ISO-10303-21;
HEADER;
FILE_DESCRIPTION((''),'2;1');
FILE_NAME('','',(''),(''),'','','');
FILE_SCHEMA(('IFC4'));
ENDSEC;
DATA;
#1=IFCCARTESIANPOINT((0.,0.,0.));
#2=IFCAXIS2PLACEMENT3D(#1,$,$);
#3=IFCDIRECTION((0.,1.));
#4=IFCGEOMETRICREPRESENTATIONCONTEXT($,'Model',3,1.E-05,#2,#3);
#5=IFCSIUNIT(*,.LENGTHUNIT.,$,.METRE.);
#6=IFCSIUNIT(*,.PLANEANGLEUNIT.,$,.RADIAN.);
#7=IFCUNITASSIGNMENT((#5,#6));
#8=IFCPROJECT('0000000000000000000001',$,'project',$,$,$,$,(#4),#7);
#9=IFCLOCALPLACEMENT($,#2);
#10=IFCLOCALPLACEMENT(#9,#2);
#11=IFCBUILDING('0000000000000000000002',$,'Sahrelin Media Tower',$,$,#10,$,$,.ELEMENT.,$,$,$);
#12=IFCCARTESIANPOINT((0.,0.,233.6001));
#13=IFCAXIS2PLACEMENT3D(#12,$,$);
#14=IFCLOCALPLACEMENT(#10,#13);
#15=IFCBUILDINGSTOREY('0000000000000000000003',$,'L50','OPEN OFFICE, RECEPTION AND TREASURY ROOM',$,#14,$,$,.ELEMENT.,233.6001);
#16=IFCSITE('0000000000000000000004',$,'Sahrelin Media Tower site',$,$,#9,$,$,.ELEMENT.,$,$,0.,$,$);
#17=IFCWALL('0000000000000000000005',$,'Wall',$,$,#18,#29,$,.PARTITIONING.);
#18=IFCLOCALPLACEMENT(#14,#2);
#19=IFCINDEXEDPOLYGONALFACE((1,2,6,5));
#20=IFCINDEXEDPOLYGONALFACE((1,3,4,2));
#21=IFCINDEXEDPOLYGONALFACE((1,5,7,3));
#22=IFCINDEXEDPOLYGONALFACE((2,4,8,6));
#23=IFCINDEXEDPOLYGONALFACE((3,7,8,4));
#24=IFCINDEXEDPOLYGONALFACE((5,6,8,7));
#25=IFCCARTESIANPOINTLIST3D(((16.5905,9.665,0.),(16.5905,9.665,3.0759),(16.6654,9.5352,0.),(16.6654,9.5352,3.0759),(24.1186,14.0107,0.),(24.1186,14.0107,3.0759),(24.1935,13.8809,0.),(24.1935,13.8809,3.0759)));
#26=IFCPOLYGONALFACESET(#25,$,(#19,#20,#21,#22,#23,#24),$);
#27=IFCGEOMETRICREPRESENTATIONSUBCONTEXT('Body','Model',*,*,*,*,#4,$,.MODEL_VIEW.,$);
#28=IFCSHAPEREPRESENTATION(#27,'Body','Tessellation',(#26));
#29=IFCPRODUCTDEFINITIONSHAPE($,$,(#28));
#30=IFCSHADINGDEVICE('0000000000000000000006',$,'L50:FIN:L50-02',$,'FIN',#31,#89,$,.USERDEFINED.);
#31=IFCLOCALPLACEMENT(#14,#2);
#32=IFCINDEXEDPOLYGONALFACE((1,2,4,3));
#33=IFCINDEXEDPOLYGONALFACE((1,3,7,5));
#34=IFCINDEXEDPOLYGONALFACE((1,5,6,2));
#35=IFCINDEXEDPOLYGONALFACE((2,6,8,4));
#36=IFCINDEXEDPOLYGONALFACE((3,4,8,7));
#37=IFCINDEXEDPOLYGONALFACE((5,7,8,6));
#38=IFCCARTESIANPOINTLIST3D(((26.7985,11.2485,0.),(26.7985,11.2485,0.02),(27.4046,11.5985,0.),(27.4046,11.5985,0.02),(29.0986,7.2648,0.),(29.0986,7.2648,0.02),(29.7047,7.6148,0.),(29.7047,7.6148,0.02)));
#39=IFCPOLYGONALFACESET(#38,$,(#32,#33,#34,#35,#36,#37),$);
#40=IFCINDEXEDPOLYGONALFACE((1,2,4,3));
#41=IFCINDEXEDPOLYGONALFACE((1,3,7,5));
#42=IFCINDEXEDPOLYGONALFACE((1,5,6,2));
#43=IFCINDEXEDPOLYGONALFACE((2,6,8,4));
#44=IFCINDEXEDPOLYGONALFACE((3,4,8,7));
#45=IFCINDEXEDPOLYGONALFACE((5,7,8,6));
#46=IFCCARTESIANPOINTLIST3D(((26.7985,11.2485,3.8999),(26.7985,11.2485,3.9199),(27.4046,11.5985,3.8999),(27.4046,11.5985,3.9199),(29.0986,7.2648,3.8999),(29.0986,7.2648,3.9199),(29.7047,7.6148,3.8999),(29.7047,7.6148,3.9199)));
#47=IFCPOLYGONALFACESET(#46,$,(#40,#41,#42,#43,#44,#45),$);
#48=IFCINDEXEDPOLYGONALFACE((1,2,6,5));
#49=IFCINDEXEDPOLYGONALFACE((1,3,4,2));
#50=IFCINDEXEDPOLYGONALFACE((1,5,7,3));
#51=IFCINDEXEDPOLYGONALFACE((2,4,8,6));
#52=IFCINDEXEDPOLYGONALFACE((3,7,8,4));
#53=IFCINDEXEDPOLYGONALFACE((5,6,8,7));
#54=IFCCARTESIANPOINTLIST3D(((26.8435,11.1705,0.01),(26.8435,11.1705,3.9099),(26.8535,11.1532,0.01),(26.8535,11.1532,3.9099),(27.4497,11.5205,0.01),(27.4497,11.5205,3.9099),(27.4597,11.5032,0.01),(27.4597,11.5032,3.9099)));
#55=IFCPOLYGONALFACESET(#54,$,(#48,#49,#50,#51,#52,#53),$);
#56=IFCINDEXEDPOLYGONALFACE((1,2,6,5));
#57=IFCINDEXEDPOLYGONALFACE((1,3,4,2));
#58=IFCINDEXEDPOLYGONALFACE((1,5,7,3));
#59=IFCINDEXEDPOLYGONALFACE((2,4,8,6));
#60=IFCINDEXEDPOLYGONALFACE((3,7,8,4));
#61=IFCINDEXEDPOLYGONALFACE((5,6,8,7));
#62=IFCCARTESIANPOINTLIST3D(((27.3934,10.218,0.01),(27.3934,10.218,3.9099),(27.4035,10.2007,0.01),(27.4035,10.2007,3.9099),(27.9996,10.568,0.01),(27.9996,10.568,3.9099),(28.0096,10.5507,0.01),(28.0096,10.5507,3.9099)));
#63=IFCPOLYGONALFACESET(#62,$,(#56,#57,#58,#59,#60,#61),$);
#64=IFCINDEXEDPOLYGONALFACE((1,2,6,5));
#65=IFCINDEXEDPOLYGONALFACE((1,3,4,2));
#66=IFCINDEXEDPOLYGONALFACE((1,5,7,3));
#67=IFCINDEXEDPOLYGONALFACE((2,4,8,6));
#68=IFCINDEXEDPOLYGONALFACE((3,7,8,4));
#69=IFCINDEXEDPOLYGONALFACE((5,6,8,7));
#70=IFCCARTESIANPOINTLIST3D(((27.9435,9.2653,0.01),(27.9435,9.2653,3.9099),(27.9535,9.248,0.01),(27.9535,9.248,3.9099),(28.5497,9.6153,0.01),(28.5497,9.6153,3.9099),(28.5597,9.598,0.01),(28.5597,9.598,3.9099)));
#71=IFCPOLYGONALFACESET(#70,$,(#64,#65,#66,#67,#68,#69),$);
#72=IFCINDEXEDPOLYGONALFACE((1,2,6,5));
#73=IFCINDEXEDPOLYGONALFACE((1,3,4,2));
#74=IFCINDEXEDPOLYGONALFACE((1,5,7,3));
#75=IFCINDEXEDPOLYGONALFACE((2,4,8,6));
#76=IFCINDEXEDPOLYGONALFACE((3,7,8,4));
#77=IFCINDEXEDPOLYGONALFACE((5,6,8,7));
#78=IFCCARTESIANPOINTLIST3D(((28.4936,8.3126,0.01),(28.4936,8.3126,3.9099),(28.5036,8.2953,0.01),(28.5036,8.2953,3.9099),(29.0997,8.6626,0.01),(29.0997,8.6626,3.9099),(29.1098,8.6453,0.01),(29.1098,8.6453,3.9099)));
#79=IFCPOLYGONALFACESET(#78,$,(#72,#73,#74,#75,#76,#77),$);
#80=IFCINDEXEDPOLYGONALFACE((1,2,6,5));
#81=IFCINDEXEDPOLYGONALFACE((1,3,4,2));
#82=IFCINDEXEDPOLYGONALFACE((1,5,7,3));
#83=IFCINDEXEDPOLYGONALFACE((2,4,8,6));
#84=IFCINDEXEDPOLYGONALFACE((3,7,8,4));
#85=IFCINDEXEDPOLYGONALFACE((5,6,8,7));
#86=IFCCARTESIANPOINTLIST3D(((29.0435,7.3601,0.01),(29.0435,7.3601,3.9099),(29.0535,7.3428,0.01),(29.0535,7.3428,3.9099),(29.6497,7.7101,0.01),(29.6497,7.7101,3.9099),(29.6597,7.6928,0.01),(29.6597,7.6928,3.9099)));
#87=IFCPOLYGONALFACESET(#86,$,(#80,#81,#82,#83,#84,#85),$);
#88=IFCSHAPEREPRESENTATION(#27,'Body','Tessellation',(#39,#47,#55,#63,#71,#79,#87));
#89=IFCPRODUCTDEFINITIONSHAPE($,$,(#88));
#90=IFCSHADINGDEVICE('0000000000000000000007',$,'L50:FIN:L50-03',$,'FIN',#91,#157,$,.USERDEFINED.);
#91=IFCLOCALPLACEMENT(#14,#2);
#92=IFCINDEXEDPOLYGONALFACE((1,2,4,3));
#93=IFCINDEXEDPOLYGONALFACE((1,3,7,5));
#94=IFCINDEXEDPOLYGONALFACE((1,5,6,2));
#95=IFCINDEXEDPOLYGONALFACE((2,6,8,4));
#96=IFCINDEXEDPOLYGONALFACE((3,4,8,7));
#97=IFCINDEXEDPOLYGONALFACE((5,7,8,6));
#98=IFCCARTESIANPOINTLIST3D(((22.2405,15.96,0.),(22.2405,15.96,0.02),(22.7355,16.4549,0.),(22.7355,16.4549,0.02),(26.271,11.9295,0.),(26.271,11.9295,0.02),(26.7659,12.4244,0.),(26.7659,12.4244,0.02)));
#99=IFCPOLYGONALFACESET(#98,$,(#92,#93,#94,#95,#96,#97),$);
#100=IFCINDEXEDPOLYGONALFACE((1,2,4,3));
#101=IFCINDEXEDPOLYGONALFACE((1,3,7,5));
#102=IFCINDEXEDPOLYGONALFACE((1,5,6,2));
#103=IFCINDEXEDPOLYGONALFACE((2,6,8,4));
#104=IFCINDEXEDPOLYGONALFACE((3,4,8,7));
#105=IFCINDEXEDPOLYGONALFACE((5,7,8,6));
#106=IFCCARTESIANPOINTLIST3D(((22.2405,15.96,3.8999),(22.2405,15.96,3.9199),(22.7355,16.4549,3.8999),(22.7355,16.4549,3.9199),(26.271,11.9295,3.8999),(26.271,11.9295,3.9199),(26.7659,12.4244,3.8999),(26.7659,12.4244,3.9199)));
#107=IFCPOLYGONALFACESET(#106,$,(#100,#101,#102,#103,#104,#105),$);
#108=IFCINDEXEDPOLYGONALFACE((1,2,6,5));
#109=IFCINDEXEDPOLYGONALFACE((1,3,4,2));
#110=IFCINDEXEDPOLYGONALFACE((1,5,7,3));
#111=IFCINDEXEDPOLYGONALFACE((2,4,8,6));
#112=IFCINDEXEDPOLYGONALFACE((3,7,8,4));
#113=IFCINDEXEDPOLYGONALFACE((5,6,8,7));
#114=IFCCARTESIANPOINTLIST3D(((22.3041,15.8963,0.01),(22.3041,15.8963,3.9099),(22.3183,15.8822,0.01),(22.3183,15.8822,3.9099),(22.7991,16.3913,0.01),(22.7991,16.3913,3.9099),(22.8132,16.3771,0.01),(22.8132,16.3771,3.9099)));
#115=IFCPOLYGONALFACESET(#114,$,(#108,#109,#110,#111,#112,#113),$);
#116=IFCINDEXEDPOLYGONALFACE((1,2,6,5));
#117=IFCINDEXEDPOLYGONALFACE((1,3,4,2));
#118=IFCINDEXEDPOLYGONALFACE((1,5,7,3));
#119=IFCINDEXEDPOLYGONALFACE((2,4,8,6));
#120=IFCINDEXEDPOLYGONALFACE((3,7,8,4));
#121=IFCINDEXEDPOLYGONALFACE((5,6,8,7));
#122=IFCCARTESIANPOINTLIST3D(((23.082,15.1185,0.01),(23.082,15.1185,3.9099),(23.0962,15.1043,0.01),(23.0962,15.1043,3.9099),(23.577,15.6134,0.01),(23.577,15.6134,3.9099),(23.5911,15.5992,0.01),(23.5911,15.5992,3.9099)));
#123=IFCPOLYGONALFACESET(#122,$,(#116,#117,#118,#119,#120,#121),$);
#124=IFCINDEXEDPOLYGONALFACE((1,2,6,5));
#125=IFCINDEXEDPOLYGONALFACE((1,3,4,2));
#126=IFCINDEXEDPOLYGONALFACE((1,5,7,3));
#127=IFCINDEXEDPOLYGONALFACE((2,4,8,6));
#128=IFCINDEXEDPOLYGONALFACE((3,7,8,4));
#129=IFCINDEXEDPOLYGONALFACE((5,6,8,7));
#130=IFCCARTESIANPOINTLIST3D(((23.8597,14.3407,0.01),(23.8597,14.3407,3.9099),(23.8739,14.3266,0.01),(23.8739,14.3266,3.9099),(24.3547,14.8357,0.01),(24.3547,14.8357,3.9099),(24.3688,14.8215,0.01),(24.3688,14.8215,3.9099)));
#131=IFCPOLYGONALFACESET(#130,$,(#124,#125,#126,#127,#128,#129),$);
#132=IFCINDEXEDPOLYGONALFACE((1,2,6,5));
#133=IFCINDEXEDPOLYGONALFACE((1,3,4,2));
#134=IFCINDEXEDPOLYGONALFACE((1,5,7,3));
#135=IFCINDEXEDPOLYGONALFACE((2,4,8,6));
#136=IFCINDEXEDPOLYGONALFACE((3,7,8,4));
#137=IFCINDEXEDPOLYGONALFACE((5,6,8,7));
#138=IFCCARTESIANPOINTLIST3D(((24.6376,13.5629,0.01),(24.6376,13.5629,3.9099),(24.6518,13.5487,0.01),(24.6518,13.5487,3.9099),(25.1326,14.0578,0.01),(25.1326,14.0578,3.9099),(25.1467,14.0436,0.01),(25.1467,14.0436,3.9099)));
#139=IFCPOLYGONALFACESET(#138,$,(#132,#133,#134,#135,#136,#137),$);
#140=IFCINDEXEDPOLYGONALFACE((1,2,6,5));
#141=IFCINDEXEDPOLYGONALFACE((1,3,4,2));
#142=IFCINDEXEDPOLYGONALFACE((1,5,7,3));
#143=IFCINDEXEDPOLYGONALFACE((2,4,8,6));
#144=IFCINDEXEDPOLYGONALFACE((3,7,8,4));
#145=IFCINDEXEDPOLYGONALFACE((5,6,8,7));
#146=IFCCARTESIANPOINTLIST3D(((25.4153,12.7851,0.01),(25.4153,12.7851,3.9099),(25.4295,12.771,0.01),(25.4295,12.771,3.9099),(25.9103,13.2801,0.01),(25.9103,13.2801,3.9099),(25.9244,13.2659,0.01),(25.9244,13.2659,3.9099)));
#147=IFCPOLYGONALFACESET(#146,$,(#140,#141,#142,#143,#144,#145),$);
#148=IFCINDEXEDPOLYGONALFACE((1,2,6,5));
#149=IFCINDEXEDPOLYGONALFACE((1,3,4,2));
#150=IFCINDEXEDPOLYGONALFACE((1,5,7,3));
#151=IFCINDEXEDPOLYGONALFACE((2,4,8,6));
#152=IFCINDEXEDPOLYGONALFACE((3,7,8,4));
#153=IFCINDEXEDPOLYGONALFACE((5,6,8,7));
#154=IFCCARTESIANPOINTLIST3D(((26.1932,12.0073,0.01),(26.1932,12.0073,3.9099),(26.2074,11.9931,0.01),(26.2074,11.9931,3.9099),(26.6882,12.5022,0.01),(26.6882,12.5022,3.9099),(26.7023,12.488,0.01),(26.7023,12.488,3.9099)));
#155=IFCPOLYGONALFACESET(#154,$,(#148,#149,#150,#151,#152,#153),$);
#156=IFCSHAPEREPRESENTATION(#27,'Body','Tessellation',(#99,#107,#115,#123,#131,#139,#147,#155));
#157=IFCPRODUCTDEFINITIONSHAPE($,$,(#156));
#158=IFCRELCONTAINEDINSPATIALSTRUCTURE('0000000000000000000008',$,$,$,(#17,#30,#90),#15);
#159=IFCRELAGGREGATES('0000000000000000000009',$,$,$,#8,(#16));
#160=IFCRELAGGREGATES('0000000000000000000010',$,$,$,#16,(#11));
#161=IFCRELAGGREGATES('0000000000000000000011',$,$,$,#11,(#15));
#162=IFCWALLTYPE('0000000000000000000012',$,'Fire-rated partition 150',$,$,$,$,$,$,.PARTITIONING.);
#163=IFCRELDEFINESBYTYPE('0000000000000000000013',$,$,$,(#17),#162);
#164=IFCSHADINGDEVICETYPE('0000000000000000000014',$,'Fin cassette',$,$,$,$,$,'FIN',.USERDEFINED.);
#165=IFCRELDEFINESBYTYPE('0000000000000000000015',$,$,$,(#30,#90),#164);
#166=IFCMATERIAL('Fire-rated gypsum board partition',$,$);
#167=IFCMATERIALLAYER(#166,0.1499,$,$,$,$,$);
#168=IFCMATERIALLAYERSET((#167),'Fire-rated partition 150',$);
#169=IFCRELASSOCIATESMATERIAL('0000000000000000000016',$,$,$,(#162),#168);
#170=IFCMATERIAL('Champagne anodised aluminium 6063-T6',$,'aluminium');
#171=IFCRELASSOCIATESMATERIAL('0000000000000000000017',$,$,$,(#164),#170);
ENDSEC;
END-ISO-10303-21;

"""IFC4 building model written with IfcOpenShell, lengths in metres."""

from ifc_helpers import new_model, si_unit, direction, frame, frame_2d, origin, origin_2d, place, context, subcontext, project, spatial, rectangle, extrude, material, layer, layer_set, type_object, element, save


model = new_model("IFC4")

# Units and contexts
model_context = context("Model", 3, precision=1e-05, world=origin(), true_north=direction((0.0, 1.0)))
body_context = subcontext(model_context, "Body", "Model", "MODEL_VIEW")
ifc_project = project(units=[si_unit("LENGTHUNIT", "METRE"), si_unit("PLANEANGLEUNIT", "RADIAN")], contexts=[model_context])

# Site, building, storey
site_placement = place(None, origin())
site = spatial("IfcSite", under=ifc_project, at=site_placement, Name="Sahrelin Media Tower site", CompositionType="ELEMENT", RefElevation=0.0)
building_placement = place(site_placement, origin())
building = spatial("IfcBuilding", under=site, at=building_placement, Name="Sahrelin Media Tower", CompositionType="ELEMENT")
storey_placement = place(building_placement, frame((0.0, 0.0, 233.6001)))
storey = spatial("IfcBuildingStorey", under=building, at=storey_placement, Name="L50", Description="OPEN OFFICE, RECEPTION AND TREASURY ROOM", CompositionType="ELEMENT", Elevation=233.6001)

# Shared definitions
ifc_material_1 = material(Name="Champagne anodised aluminium 6063-T6", Category="aluminium")

# Wall
ifc_material_2 = material(Name="Fire-rated gypsum board partition")
ifc_layer_1 = layer(ifc_material_2, 0.1499)
ifc_layer_set_1 = layer_set([ifc_layer_1], Name="Fire-rated partition 150")
wall_type = type_object("IfcWallType", Name="Fire-rated partition 150", PredefinedType="PARTITIONING", material=ifc_layer_set_1)
wall_1_placement = place(storey_placement, frame((16.6279, 9.6001, 0.0), z_axis=(0.0, 0.0, 1.0), x_axis=(0.866057, 0.499945, 0.0)))
element("IfcWall", 1, at=wall_1_placement, inside=storey, type_object=wall_type, Name="Wall", PredefinedType="PARTITIONING", context=body_context, shape_type="SweptSolid", body=[
    extrude(rectangle(XDim=8.6924, YDim=0.1499, at=frame_2d((4.3462, 0.0))), origin(), (0.0, 0.0, 1.0), 3.0759),
])

# Shading devices
shading_device_type_1 = type_object("IfcShadingDeviceType", Name="Fin cassette", ElementType="FIN", PredefinedType="USERDEFINED", material=ifc_material_1)
placement_1 = place(storey_placement, frame((27.8879, 9.2217, 0.0), z_axis=(0.0, 0.0, 1.0), x_axis=(0.500011, -0.866019, 0.0)))
element("IfcShadingDevice", 2, at=placement_1, inside=storey, type_object=shading_device_type_1, Name="L50:FIN:L50-02", ObjectType="FIN", PredefinedType="USERDEFINED", context=body_context, shape_type="SweptSolid", body=[
    extrude(rectangle(XDim=4.6001, YDim=0.7, at=origin_2d()), frame((0.0, 0.4199, 0.0)), (0.0, 0.0, 1.0), 0.02),
    extrude(rectangle(XDim=4.6001, YDim=0.7, at=origin_2d()), frame((0.0, 0.4199, 3.8999)), (0.0, 0.0, 1.0), 0.02),
    extrude(rectangle(XDim=0.02, YDim=0.7, at=origin_2d()), frame((-2.2, 0.4199, 0.01), z_axis=(0.0, 0.0, 1.0), x_axis=(1.0, 0.0, 0.0)), (0.0, 0.0, 1.0), 3.8999),
    extrude(rectangle(XDim=0.02, YDim=0.7, at=origin_2d()), frame((-1.1001, 0.4199, 0.01), z_axis=(0.0, 0.0, 1.0), x_axis=(1.0, 0.0, 0.0)), (0.0, 0.0, 1.0), 3.8999),
    extrude(rectangle(XDim=0.02, YDim=0.7, at=origin_2d()), frame((0.0, 0.4199, 0.01), z_axis=(0.0, 0.0, 1.0), x_axis=(1.0, 0.0, 0.0)), (0.0, 0.0, 1.0), 3.8999),
    extrude(rectangle(XDim=0.02, YDim=0.7, at=origin_2d()), frame((1.1001, 0.4199, 0.01), z_axis=(0.0, 0.0, 1.0), x_axis=(1.0, 0.0, 0.0)), (0.0, 0.0, 1.0), 3.8999),
    extrude(rectangle(XDim=0.02, YDim=0.7, at=origin_2d()), frame((2.2, 0.4199, 0.01), z_axis=(0.0, 0.0, 1.0), x_axis=(1.0, 0.0, 0.0)), (0.0, 0.0, 1.0), 3.8999),
])
placement_2 = place(storey_placement, frame((24.2063, 13.8953, 0.0), z_axis=(0.0, 0.0, 1.0), x_axis=(0.707107, -0.707107, 0.0)))
element("IfcShadingDevice", 3, at=placement_2, inside=storey, type_object=shading_device_type_1, Name="L50:FIN:L50-03", ObjectType="FIN", PredefinedType="USERDEFINED", context=body_context, shape_type="SweptSolid", body=[
    extrude(rectangle(XDim=5.7, YDim=0.7, at=origin_2d()), frame((0.0, 0.4199, 0.0)), (0.0, 0.0, 1.0), 0.02),
    extrude(rectangle(XDim=5.7, YDim=0.7, at=origin_2d()), frame((0.0, 0.4199, 3.8999)), (0.0, 0.0, 1.0), 0.02),
    extrude(rectangle(XDim=0.02, YDim=0.7, at=origin_2d()), frame((-2.75, 0.4199, 0.01), z_axis=(0.0, 0.0, 1.0), x_axis=(1.0, 0.0, 0.0)), (0.0, 0.0, 1.0), 3.8999),
    extrude(rectangle(XDim=0.02, YDim=0.7, at=origin_2d()), frame((-1.6499, 0.4199, 0.01), z_axis=(0.0, 0.0, 1.0), x_axis=(1.0, 0.0, 0.0)), (0.0, 0.0, 1.0), 3.8999),
    extrude(rectangle(XDim=0.02, YDim=0.7, at=origin_2d()), frame((-0.55, 0.4199, 0.01), z_axis=(0.0, 0.0, 1.0), x_axis=(1.0, 0.0, 0.0)), (0.0, 0.0, 1.0), 3.8999),
    extrude(rectangle(XDim=0.02, YDim=0.7, at=origin_2d()), frame((0.55, 0.4199, 0.01), z_axis=(0.0, 0.0, 1.0), x_axis=(1.0, 0.0, 0.0)), (0.0, 0.0, 1.0), 3.8999),
    extrude(rectangle(XDim=0.02, YDim=0.7, at=origin_2d()), frame((1.6499, 0.4199, 0.01), z_axis=(0.0, 0.0, 1.0), x_axis=(1.0, 0.0, 0.0)), (0.0, 0.0, 1.0), 3.8999),
    extrude(rectangle(XDim=0.02, YDim=0.7, at=origin_2d()), frame((2.75, 0.4199, 0.01), z_axis=(0.0, 0.0, 1.0), x_axis=(1.0, 0.0, 0.0)), (0.0, 0.0, 1.0), 3.8999),
])

save(model, "model.ifc")
